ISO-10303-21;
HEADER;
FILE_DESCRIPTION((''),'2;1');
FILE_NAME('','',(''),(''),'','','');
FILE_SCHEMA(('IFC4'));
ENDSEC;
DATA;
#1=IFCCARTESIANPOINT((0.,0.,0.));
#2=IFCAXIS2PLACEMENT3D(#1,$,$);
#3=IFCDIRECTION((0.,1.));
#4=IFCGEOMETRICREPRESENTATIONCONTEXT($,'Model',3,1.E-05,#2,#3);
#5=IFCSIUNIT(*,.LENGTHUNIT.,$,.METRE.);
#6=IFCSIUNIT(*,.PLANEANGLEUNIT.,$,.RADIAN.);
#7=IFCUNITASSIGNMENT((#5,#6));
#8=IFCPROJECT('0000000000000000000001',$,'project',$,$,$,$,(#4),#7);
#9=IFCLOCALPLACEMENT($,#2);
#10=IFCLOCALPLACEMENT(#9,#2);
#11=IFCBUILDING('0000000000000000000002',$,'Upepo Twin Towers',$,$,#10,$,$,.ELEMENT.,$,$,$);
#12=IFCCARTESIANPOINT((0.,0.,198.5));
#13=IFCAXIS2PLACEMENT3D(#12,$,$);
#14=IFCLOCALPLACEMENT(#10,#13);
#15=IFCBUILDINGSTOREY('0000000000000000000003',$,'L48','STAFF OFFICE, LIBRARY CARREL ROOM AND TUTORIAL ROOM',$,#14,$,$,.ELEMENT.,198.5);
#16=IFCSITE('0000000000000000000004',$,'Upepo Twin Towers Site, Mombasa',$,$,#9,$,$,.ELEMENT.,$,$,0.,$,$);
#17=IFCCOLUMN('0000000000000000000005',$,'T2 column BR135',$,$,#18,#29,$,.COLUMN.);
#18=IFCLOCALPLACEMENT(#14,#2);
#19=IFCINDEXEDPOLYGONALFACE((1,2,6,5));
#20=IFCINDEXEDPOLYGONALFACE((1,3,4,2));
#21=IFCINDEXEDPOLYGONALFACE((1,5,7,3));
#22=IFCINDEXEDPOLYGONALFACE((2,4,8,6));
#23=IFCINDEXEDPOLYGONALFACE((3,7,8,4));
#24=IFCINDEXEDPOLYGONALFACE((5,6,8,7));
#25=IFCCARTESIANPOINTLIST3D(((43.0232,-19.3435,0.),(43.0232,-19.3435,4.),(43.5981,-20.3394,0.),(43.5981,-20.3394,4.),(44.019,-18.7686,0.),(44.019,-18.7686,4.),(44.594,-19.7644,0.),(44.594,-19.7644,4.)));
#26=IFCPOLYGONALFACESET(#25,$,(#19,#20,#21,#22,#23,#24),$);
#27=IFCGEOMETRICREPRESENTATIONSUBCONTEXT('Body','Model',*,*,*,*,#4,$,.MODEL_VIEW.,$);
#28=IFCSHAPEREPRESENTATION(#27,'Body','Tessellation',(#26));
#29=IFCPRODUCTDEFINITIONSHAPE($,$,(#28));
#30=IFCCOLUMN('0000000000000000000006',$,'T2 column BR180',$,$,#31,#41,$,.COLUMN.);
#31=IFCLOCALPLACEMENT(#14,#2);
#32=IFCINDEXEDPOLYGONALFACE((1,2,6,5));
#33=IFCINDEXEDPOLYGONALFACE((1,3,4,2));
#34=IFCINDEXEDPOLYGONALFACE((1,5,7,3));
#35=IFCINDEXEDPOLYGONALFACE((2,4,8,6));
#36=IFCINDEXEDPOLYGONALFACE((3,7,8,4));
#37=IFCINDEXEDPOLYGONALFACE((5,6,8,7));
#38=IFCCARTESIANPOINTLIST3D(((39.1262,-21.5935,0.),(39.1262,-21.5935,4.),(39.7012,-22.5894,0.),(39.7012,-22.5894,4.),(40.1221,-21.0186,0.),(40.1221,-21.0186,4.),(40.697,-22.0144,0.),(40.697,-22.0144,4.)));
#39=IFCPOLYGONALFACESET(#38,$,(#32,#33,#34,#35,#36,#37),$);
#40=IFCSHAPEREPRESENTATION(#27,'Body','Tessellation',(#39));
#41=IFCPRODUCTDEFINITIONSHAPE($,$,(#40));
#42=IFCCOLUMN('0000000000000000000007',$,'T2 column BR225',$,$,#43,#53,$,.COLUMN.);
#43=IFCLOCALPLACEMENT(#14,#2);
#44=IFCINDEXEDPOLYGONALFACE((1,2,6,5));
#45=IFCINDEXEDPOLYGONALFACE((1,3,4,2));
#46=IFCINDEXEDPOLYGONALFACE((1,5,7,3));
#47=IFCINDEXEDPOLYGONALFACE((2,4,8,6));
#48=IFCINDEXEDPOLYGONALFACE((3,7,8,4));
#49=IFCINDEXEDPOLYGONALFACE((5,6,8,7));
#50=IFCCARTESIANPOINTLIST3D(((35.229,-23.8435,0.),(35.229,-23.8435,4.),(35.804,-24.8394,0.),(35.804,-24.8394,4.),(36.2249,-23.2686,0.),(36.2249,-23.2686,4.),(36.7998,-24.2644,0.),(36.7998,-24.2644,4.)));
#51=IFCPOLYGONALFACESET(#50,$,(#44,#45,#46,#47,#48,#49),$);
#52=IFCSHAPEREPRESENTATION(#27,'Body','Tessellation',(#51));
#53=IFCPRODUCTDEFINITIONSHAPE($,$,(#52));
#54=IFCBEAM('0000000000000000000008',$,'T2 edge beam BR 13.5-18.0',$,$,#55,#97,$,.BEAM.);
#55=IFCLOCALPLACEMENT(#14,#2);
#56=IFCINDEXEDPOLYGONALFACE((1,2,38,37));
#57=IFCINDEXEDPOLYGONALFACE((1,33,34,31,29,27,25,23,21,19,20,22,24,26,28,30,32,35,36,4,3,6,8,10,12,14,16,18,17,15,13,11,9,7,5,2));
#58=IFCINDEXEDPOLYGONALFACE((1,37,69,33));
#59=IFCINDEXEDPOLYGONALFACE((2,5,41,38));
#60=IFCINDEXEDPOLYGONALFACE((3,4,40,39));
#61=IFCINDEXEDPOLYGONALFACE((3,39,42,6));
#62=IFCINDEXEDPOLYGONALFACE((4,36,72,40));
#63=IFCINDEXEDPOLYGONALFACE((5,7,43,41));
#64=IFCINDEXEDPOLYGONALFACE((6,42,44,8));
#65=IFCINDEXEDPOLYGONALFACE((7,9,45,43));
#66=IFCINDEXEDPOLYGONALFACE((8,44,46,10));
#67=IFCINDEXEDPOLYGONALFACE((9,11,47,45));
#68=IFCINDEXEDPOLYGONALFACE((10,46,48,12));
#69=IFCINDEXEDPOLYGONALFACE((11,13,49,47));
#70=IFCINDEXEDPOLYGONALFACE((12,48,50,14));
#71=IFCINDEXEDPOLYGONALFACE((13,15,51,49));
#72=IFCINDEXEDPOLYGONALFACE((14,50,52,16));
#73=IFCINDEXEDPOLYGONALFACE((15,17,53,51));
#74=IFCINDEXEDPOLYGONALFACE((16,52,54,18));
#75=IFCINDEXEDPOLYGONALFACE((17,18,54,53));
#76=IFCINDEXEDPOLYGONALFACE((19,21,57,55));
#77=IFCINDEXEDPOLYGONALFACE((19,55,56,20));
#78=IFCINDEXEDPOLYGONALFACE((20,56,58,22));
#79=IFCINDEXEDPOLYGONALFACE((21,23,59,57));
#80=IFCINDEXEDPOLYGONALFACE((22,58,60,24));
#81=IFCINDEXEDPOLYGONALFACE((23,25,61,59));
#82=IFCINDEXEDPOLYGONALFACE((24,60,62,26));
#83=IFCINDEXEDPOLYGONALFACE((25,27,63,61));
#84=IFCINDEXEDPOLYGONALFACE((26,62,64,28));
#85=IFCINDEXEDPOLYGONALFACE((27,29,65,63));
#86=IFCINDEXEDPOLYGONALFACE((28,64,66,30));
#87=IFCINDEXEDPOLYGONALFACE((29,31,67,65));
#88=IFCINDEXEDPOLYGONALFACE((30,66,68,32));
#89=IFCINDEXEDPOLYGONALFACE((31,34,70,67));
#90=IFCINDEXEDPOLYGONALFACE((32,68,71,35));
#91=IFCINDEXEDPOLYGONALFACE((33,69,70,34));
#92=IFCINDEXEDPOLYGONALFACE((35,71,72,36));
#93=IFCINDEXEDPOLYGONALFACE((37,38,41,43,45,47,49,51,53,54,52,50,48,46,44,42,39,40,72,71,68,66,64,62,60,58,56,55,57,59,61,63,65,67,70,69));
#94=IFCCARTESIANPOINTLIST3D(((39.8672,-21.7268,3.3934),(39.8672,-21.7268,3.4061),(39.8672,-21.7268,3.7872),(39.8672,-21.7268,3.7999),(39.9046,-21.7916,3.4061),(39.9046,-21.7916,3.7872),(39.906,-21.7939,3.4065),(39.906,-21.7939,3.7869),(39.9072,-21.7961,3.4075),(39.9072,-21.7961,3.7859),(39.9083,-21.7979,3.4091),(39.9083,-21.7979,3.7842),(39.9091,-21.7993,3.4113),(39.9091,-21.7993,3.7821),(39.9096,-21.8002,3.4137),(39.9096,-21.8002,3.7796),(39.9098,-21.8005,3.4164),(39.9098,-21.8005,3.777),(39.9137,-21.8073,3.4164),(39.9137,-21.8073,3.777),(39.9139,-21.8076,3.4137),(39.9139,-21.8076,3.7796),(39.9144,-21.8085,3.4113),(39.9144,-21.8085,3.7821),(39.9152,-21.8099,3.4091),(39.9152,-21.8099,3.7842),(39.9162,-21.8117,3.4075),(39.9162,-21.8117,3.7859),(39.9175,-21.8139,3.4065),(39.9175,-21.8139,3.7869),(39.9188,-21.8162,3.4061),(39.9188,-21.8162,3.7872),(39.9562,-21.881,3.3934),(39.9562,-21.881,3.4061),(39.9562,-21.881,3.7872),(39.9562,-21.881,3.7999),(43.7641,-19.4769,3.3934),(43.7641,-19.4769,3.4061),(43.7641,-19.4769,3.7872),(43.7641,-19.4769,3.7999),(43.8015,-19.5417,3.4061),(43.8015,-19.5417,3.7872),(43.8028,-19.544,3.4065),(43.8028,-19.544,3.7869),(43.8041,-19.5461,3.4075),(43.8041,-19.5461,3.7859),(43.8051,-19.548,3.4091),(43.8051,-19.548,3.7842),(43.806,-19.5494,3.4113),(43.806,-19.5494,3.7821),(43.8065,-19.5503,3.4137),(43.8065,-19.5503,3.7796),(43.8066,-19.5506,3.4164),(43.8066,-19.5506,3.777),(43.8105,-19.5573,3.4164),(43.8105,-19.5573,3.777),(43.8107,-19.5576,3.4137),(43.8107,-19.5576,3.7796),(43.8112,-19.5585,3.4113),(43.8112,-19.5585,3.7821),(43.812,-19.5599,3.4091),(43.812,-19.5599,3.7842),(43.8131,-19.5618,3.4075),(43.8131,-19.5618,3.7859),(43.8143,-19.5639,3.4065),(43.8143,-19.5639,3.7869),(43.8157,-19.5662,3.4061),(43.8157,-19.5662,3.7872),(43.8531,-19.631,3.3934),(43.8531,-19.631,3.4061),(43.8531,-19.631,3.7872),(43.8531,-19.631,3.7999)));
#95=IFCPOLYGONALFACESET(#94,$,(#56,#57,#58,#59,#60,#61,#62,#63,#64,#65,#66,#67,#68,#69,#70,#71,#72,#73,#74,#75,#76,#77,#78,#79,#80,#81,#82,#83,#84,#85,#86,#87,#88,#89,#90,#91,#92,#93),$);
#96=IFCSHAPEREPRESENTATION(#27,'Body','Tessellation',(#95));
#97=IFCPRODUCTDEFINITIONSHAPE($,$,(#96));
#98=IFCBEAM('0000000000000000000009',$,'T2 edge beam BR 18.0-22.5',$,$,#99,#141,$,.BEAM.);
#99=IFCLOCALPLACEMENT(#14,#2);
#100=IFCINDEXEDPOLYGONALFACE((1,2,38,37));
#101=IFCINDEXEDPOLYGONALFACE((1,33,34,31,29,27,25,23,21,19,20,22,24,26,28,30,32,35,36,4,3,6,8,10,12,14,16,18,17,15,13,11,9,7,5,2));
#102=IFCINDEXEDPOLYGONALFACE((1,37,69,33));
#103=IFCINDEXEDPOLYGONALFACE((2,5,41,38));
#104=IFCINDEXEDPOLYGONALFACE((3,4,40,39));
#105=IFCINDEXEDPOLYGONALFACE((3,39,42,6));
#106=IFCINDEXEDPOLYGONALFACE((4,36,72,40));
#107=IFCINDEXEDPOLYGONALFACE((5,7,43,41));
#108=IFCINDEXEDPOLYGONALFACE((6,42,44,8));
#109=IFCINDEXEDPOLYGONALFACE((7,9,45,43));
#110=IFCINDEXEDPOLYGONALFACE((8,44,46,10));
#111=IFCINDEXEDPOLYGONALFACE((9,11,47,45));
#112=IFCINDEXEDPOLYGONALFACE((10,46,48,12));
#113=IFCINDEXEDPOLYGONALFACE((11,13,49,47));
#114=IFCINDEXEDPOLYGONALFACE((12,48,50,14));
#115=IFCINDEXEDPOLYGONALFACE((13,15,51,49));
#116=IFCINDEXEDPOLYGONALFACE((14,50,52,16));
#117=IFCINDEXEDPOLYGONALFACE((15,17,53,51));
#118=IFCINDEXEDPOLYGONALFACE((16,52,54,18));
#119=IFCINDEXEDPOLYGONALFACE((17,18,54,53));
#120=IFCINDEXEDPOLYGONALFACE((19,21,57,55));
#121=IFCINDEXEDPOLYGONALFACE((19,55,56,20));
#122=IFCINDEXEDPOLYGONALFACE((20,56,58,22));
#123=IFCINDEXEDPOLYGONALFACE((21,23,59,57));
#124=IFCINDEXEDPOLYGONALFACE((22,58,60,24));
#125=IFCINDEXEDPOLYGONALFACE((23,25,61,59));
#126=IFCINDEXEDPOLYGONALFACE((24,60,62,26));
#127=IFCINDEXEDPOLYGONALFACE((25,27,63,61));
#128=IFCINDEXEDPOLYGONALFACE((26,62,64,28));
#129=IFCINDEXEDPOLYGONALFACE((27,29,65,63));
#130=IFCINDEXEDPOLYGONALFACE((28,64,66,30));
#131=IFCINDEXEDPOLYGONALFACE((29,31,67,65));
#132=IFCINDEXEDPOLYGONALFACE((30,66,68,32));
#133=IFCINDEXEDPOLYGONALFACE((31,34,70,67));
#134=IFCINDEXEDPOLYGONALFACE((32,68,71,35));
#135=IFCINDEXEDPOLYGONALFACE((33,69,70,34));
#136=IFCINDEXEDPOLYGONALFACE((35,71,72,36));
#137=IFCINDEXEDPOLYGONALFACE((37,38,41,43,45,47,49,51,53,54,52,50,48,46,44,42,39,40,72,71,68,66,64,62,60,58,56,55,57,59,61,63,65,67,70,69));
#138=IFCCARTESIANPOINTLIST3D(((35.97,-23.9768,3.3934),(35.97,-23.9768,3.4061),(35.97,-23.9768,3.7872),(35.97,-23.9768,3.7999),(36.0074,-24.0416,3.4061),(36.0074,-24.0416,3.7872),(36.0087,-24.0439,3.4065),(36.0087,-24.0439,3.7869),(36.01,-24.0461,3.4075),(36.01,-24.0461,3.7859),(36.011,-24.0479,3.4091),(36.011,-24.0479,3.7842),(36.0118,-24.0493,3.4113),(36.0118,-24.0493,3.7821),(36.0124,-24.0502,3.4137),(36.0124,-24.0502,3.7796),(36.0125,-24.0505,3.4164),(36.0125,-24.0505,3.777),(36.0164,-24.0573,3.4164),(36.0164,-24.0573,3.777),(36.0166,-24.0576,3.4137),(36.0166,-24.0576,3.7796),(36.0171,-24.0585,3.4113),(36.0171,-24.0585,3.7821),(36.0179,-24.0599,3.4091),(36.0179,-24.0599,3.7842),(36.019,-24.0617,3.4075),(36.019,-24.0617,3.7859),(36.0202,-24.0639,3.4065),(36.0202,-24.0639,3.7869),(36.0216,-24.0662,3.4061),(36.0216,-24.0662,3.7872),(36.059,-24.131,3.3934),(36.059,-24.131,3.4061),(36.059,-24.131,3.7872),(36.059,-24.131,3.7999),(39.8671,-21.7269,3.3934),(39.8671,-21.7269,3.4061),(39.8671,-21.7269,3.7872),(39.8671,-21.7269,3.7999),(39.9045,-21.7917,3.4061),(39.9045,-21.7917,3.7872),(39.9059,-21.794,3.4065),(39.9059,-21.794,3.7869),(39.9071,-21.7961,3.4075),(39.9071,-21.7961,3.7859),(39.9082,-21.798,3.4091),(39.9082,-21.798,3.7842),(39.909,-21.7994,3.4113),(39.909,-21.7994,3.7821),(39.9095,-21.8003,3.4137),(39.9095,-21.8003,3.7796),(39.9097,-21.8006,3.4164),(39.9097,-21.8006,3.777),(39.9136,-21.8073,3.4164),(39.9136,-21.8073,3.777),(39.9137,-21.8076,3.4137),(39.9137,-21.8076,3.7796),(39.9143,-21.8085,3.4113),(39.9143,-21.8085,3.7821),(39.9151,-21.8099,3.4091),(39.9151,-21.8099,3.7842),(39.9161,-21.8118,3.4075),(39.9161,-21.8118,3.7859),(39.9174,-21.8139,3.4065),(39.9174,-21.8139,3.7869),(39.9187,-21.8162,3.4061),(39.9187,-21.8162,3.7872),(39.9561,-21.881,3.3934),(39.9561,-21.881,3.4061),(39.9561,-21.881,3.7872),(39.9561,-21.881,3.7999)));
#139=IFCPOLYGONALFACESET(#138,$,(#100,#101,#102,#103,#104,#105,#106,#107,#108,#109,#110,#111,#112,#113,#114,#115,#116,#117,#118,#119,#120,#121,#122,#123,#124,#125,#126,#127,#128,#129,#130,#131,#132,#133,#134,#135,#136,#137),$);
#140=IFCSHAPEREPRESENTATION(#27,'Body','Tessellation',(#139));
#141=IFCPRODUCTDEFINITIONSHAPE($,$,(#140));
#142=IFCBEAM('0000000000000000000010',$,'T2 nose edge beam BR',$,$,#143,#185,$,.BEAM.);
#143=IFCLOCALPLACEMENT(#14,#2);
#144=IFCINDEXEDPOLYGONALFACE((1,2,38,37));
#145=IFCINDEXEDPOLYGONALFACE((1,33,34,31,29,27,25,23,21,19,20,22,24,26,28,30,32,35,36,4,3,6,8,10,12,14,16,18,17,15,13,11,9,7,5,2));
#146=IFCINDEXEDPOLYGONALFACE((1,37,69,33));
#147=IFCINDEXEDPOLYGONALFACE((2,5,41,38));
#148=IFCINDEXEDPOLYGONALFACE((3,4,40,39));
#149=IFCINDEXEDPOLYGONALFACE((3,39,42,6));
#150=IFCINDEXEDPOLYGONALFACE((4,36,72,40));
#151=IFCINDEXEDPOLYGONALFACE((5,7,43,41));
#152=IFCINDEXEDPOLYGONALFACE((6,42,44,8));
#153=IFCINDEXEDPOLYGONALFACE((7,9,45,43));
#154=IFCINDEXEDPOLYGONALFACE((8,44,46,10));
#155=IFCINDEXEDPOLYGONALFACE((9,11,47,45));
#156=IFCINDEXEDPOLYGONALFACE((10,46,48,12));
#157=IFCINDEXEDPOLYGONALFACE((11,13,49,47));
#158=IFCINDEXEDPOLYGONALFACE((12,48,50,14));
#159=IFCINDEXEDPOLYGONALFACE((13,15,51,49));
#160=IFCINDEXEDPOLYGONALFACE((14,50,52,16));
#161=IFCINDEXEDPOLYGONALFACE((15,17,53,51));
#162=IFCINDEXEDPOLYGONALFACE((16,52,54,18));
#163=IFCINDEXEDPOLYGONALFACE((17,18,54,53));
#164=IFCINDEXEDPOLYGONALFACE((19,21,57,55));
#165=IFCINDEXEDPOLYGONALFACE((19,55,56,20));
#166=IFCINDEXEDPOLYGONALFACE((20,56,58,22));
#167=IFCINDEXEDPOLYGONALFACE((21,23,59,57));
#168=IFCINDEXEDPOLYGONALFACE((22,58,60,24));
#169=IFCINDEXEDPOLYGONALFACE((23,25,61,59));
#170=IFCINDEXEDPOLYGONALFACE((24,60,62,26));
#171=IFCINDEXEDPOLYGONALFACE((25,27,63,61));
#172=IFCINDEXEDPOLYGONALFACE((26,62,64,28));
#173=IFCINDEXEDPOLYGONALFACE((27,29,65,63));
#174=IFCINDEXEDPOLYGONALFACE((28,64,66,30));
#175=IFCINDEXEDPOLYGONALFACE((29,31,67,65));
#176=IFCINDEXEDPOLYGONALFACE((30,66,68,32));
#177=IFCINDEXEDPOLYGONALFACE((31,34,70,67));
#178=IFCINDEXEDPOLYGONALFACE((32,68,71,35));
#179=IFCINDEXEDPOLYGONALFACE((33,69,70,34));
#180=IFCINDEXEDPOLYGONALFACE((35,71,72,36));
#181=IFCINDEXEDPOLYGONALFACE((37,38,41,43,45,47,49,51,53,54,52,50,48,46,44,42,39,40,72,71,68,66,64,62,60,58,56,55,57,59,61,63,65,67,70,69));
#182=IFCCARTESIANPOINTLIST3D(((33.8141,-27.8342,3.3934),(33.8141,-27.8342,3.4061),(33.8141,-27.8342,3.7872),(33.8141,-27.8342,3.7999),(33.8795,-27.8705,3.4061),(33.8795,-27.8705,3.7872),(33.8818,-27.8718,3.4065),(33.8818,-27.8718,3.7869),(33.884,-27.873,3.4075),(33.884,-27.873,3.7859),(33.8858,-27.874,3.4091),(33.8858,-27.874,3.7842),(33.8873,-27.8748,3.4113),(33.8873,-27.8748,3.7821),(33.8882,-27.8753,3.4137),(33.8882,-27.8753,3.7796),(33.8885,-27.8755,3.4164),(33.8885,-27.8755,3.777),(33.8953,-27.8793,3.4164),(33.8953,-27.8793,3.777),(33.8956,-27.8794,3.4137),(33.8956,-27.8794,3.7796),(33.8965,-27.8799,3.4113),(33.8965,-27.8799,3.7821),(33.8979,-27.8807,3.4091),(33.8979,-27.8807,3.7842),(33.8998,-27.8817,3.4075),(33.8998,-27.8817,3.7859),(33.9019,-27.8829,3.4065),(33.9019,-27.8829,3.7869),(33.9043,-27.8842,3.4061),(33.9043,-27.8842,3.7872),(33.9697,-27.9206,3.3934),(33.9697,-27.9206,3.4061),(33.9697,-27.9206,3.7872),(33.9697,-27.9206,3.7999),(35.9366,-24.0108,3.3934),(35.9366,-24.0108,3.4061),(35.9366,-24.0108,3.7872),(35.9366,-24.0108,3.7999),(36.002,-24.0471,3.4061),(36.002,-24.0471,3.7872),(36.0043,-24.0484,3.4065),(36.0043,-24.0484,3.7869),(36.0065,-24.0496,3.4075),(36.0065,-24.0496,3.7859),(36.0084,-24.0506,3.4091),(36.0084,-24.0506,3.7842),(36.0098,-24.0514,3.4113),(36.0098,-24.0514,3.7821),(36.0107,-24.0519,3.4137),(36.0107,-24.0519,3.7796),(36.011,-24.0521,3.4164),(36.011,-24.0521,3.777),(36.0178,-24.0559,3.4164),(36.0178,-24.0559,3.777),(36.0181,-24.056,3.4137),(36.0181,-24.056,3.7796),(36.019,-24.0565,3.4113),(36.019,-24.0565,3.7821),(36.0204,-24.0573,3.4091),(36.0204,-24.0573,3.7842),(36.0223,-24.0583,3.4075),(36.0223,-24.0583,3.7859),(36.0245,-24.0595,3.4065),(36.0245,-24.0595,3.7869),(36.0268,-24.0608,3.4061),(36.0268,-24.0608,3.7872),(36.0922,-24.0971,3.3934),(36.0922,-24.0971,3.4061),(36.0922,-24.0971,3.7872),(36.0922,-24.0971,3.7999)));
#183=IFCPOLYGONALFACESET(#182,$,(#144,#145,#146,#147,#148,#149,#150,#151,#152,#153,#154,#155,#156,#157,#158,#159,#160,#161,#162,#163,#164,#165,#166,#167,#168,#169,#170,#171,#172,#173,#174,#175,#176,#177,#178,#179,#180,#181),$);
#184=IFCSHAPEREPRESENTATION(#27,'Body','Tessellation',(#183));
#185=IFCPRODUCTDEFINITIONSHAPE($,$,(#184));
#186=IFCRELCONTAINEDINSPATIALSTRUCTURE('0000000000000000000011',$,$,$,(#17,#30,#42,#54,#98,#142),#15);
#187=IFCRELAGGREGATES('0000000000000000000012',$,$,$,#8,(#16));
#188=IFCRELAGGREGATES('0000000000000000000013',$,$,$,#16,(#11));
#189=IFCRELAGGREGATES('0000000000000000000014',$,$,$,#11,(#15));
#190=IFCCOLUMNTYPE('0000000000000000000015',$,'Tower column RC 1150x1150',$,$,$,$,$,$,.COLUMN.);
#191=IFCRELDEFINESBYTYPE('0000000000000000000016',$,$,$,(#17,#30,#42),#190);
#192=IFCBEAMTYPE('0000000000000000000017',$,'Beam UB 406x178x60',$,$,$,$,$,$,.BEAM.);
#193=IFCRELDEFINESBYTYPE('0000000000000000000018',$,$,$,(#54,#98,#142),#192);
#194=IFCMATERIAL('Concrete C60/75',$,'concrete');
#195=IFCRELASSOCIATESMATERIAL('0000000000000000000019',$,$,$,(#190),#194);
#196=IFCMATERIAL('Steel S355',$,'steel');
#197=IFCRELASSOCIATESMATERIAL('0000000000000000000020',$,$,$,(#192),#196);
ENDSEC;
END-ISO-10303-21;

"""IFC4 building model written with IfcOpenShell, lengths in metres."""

from ifc_helpers import new_model, si_unit, direction, frame, origin, origin_2d, place, context, subcontext, project, spatial, rectangle, i_section, extrude, material, material_profile, profile_set, type_object, element, save


model = new_model("IFC4")

# Units and contexts
model_context = context("Model", 3, precision=1e-05, world=origin(), true_north=direction((0.0, 1.0)))
body_context = subcontext(model_context, "Body", "Model", "MODEL_VIEW")
ifc_project = project(units=[si_unit("LENGTHUNIT", "METRE"), si_unit("PLANEANGLEUNIT", "RADIAN")], contexts=[model_context])

# Site, building, storey
site_placement = place(None, origin())
site = spatial("IfcSite", under=ifc_project, at=site_placement, Name="Upepo Twin Towers Site, Mombasa", CompositionType="ELEMENT", RefElevation=0.0)
building_placement = place(site_placement, origin())
building = spatial("IfcBuilding", under=site, at=building_placement, Name="Upepo Twin Towers", CompositionType="ELEMENT")
storey_placement = place(building_placement, frame((0.0, 0.0, 198.5)))
storey = spatial("IfcBuildingStorey", under=building, at=storey_placement, Name="L48", Description="STAFF OFFICE, LIBRARY CARREL ROOM AND TUTORIAL ROOM", CompositionType="ELEMENT", Elevation=198.5)

# Columns
ifc_material_1 = material(Name="Concrete C60/75", Category="concrete")
ifc_material_profile_1 = material_profile(ifc_material_1, rectangle(XDim=1.1499, YDim=1.1499, at=origin_2d()), Name="RC 1150x1150")
ifc_profile_set_1 = profile_set([ifc_material_profile_1], Name="Concrete C60/75")
column_type = type_object("IfcColumnType", Name="Tower column RC 1150x1150", PredefinedType="COLUMN", material=ifc_profile_set_1)
for number, where, z_axis, x_axis, name in (
    (1, (43.8086, -19.554, 0.0), (0.0, 0.0, 1.0), (0.866025, 0.5, 0.0), "T2 column BR135"),
    (2, (39.9116, -21.804, 0.0), (0.0, 0.0, 1.0), (0.866025, 0.5, 0.0), "T2 column BR180"),
    (3, (36.0144, -24.054, 0.0), (0.0, 0.0, 1.0), (0.866025, 0.5, 0.0), "T2 column BR225"),
):
    element("IfcColumn", number, at=place(storey_placement, frame(where, z_axis=z_axis, x_axis=x_axis)), inside=storey, type_object=column_type, Name=name, PredefinedType="COLUMN", context=body_context, shape_type="SweptSolid", body=[
        extrude(rectangle(XDim=1.1499, YDim=1.1499, at=origin_2d()), origin(), (0.0, 0.0, 1.0), 4.0),
    ])

# Beams
ifc_material_2 = material(Name="Steel S355", Category="steel")
ifc_material_profile_2 = material_profile(ifc_material_2, i_section(OverallWidth=0.178, OverallDepth=0.4065, WebThickness=0.0078, FlangeThickness=0.0127, FilletRadius=0.0103, at=origin_2d()), Name="UB 406x178x60")
ifc_profile_set_2 = profile_set([ifc_material_profile_2], Name="Steel S355")
beam_type_1 = type_object("IfcBeamType", Name="Beam UB 406x178x60", PredefinedType="BEAM", material=ifc_profile_set_2)
beam_1_placement = place(storey_placement, frame((43.8086, -19.554, 3.5967), z_axis=(-0.866018, -0.500014, 0.0), x_axis=(0.500014, -0.866018, 0.0)))
element("IfcBeam", 4, at=beam_1_placement, inside=storey, type_object=beam_type_1, Name="T2 edge beam BR 13.5-18.0", PredefinedType="BEAM", context=body_context, shape_type="SweptSolid", body=[
    extrude(i_section(OverallWidth=0.178, OverallDepth=0.4065, WebThickness=0.0078, FlangeThickness=0.0127, FilletRadius=0.0103, at=origin_2d()), origin(), (0.0, 0.0, 1.0), 4.4998),
])
beam_2_placement = place(storey_placement, frame((39.9116, -21.804, 3.5967), z_axis=(-0.866031, -0.49999, 0.0), x_axis=(0.49999, -0.866031, 0.0)))
element("IfcBeam", 5, at=beam_2_placement, inside=storey, type_object=beam_type_1, Name="T2 edge beam BR 18.0-22.5", PredefinedType="BEAM", context=body_context, shape_type="SweptSolid", body=[
    extrude(i_section(OverallWidth=0.178, OverallDepth=0.4065, WebThickness=0.0078, FlangeThickness=0.0127, FilletRadius=0.0103, at=origin_2d()), origin(), (0.0, 0.0, 1.0), 4.5),
])
beam_3_placement = place(storey_placement, frame((36.0144, -24.054, 3.5967), z_axis=(-0.485363, -0.874313, 0.0), x_axis=(0.874313, -0.485363, 0.0)))
element("IfcBeam", 6, at=beam_3_placement, inside=storey, type_object=beam_type_1, Name="T2 nose edge beam BR", PredefinedType="BEAM", context=body_context, shape_type="SweptSolid", body=[
    extrude(i_section(OverallWidth=0.178, OverallDepth=0.4065, WebThickness=0.0078, FlangeThickness=0.0127, FilletRadius=0.0103, at=origin_2d()), origin(), (0.0, 0.0, 1.0), 4.373),
])

save(model, "model.ifc")
